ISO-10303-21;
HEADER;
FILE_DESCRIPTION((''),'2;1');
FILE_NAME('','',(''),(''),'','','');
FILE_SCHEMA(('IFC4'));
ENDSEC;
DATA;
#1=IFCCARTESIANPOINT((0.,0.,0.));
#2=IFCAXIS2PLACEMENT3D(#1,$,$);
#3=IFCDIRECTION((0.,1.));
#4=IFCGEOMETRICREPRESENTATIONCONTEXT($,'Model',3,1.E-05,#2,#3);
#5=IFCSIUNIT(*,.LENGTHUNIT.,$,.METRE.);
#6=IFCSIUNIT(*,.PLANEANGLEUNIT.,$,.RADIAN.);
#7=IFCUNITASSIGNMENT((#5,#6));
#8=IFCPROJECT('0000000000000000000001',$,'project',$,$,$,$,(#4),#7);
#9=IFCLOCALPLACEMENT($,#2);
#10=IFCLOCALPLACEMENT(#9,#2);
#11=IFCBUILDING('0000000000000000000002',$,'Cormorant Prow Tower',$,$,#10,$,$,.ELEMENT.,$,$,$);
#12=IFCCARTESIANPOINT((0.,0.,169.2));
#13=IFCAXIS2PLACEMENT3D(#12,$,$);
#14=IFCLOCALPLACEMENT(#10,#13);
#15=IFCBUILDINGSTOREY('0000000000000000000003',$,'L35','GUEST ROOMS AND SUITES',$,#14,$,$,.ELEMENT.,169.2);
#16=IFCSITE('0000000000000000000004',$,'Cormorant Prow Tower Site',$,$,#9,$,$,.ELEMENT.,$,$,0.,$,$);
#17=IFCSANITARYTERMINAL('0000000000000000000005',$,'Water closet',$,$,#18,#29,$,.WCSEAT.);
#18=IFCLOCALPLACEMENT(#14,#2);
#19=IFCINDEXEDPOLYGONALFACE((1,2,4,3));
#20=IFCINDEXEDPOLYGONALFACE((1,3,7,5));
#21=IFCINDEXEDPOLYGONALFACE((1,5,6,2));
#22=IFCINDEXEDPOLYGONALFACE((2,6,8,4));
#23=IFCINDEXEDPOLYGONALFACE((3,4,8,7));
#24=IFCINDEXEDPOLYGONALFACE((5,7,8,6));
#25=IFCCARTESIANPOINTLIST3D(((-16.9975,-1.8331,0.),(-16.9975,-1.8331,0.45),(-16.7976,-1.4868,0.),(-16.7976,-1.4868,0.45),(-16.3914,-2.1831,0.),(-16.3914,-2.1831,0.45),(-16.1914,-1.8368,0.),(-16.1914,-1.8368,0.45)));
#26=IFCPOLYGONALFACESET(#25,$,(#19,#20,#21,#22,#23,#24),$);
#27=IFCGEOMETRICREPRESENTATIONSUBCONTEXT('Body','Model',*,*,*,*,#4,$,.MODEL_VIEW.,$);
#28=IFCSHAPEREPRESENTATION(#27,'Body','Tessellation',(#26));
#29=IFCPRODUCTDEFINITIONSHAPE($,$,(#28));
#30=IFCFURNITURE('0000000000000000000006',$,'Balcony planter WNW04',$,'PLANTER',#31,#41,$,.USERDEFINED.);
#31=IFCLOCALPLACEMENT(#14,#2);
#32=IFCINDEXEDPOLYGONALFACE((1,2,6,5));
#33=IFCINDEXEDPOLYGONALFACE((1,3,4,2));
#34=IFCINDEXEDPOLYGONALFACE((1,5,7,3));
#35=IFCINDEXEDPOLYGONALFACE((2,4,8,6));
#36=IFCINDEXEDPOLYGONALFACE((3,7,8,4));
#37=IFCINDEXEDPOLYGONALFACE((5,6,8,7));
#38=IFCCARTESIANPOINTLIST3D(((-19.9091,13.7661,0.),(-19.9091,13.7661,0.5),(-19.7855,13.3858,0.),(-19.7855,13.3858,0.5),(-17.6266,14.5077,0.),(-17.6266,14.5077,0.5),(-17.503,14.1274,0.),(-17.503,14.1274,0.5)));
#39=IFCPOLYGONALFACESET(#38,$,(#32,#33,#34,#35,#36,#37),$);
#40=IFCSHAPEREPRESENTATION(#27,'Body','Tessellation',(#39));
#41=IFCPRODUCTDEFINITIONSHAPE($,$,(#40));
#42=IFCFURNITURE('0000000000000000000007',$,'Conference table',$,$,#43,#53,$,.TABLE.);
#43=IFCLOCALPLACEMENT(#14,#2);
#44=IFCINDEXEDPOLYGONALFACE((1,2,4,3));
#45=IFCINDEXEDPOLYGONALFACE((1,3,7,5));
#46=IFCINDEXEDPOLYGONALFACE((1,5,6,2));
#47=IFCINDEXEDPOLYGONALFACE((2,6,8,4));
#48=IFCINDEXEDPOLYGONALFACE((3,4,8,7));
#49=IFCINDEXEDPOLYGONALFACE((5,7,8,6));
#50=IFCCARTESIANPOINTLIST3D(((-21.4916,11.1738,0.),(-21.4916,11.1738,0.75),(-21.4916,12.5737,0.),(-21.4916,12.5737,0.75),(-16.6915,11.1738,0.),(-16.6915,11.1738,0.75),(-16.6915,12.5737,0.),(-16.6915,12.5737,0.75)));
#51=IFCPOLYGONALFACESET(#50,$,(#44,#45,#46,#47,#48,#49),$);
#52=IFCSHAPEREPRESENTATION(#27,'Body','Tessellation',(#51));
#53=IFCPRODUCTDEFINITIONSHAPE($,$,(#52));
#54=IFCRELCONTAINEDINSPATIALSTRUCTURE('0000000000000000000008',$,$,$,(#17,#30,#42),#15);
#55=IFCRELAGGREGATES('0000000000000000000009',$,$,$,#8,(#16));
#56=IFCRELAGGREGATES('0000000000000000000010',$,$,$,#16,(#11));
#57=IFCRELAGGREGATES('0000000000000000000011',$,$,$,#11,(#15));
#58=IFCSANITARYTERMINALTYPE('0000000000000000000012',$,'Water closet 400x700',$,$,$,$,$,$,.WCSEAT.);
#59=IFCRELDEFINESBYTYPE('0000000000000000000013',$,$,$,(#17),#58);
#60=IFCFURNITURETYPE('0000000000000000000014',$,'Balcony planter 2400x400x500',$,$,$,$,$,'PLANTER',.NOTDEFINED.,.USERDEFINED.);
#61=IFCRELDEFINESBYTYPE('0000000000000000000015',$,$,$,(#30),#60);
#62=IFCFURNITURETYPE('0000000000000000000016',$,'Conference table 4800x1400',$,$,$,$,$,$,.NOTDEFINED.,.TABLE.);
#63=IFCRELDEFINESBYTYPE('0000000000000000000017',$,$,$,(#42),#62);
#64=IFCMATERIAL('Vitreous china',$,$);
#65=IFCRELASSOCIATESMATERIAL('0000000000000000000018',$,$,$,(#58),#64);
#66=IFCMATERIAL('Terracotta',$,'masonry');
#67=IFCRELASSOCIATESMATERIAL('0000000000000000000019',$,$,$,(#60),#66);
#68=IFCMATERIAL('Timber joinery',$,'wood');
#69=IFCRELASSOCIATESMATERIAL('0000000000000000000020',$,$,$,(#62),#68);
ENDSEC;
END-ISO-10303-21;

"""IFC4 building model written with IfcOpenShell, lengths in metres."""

from ifc_helpers import new_model, si_unit, direction, frame, origin, origin_2d, place, context, subcontext, project, spatial, rectangle, extrude, material, type_object, element, save


model = new_model("IFC4")

# Units and contexts
model_context = context("Model", 3, precision=1e-05, world=origin(), true_north=direction((0.0, 1.0)))
body_context = subcontext(model_context, "Body", "Model", "MODEL_VIEW")
ifc_project = project(units=[si_unit("LENGTHUNIT", "METRE"), si_unit("PLANEANGLEUNIT", "RADIAN")], contexts=[model_context])

# Site, building, storey
site_placement = place(None, origin())
site = spatial("IfcSite", under=ifc_project, at=site_placement, Name="Cormorant Prow Tower Site", CompositionType="ELEMENT", RefElevation=0.0)
building_placement = place(site_placement, origin())
building = spatial("IfcBuilding", under=site, at=building_placement, Name="Cormorant Prow Tower", CompositionType="ELEMENT")
storey_placement = place(building_placement, frame((0.0, 0.0, 169.2)))
storey = spatial("IfcBuildingStorey", under=building, at=storey_placement, Name="L35", Description="GUEST ROOMS AND SUITES", CompositionType="ELEMENT", Elevation=169.2)

# Sanitary terminal
ifc_material_1 = material(Name="Vitreous china")
sanitary_terminal_type_1 = type_object("IfcSanitaryTerminalType", Name="Water closet 400x700", PredefinedType="WCSEAT", material=ifc_material_1)
sanitary_terminal_1_placement = place(storey_placement, frame((-16.5945, -1.835, 0.0), z_axis=(0.0, 0.0, 1.0), x_axis=(0.5, 0.866025, 0.0)))
element("IfcSanitaryTerminal", 1, at=sanitary_terminal_1_placement, inside=storey, type_object=sanitary_terminal_type_1, Name="Water closet", PredefinedType="WCSEAT", context=body_context, shape_type="SweptSolid", body=[
    extrude(rectangle(XDim=0.3999, YDim=0.7, at=origin_2d()), origin(), (0.0, 0.0, 1.0), 0.45),
])

# Furniture
ifc_material_2 = material(Name="Terracotta", Category="masonry")
furniture_type_1 = type_object("IfcFurnitureType", Name="Balcony planter 2400x400x500", ElementType="PLANTER", AssemblyPlace="NOTDEFINED", PredefinedType="USERDEFINED", material=ifc_material_2)
furniture_1_placement = place(storey_placement, frame((-18.7061, 13.9468, 0.0), z_axis=(0.0, 0.0, 1.0), x_axis=(-0.951057, -0.309017, 0.0)))
element("IfcFurniture", 2, at=furniture_1_placement, inside=storey, type_object=furniture_type_1, Name="Balcony planter WNW04", ObjectType="PLANTER", PredefinedType="USERDEFINED", context=body_context, shape_type="SweptSolid", body=[
    extrude(rectangle(XDim=2.3999, YDim=0.3999, at=origin_2d()), origin(), (0.0, 0.0, 1.0), 0.5),
])
ifc_material_3 = material(Name="Timber joinery", Category="wood")
furniture_type_2 = type_object("IfcFurnitureType", Name="Conference table 4800x1400", AssemblyPlace="NOTDEFINED", PredefinedType="TABLE", material=ifc_material_3)
furniture_2_placement = place(storey_placement, frame((-19.0916, 11.8738, 0.0), z_axis=(0.0, 0.0, 1.0), x_axis=(1.0, 0.0, 0.0)))
element("IfcFurniture", 3, at=furniture_2_placement, inside=storey, type_object=furniture_type_2, Name="Conference table", PredefinedType="TABLE", context=body_context, shape_type="SweptSolid", body=[
    extrude(rectangle(XDim=4.8, YDim=1.3999, at=origin_2d()), origin(), (0.0, 0.0, 1.0), 0.75),
])

save(model, "model.ifc")
